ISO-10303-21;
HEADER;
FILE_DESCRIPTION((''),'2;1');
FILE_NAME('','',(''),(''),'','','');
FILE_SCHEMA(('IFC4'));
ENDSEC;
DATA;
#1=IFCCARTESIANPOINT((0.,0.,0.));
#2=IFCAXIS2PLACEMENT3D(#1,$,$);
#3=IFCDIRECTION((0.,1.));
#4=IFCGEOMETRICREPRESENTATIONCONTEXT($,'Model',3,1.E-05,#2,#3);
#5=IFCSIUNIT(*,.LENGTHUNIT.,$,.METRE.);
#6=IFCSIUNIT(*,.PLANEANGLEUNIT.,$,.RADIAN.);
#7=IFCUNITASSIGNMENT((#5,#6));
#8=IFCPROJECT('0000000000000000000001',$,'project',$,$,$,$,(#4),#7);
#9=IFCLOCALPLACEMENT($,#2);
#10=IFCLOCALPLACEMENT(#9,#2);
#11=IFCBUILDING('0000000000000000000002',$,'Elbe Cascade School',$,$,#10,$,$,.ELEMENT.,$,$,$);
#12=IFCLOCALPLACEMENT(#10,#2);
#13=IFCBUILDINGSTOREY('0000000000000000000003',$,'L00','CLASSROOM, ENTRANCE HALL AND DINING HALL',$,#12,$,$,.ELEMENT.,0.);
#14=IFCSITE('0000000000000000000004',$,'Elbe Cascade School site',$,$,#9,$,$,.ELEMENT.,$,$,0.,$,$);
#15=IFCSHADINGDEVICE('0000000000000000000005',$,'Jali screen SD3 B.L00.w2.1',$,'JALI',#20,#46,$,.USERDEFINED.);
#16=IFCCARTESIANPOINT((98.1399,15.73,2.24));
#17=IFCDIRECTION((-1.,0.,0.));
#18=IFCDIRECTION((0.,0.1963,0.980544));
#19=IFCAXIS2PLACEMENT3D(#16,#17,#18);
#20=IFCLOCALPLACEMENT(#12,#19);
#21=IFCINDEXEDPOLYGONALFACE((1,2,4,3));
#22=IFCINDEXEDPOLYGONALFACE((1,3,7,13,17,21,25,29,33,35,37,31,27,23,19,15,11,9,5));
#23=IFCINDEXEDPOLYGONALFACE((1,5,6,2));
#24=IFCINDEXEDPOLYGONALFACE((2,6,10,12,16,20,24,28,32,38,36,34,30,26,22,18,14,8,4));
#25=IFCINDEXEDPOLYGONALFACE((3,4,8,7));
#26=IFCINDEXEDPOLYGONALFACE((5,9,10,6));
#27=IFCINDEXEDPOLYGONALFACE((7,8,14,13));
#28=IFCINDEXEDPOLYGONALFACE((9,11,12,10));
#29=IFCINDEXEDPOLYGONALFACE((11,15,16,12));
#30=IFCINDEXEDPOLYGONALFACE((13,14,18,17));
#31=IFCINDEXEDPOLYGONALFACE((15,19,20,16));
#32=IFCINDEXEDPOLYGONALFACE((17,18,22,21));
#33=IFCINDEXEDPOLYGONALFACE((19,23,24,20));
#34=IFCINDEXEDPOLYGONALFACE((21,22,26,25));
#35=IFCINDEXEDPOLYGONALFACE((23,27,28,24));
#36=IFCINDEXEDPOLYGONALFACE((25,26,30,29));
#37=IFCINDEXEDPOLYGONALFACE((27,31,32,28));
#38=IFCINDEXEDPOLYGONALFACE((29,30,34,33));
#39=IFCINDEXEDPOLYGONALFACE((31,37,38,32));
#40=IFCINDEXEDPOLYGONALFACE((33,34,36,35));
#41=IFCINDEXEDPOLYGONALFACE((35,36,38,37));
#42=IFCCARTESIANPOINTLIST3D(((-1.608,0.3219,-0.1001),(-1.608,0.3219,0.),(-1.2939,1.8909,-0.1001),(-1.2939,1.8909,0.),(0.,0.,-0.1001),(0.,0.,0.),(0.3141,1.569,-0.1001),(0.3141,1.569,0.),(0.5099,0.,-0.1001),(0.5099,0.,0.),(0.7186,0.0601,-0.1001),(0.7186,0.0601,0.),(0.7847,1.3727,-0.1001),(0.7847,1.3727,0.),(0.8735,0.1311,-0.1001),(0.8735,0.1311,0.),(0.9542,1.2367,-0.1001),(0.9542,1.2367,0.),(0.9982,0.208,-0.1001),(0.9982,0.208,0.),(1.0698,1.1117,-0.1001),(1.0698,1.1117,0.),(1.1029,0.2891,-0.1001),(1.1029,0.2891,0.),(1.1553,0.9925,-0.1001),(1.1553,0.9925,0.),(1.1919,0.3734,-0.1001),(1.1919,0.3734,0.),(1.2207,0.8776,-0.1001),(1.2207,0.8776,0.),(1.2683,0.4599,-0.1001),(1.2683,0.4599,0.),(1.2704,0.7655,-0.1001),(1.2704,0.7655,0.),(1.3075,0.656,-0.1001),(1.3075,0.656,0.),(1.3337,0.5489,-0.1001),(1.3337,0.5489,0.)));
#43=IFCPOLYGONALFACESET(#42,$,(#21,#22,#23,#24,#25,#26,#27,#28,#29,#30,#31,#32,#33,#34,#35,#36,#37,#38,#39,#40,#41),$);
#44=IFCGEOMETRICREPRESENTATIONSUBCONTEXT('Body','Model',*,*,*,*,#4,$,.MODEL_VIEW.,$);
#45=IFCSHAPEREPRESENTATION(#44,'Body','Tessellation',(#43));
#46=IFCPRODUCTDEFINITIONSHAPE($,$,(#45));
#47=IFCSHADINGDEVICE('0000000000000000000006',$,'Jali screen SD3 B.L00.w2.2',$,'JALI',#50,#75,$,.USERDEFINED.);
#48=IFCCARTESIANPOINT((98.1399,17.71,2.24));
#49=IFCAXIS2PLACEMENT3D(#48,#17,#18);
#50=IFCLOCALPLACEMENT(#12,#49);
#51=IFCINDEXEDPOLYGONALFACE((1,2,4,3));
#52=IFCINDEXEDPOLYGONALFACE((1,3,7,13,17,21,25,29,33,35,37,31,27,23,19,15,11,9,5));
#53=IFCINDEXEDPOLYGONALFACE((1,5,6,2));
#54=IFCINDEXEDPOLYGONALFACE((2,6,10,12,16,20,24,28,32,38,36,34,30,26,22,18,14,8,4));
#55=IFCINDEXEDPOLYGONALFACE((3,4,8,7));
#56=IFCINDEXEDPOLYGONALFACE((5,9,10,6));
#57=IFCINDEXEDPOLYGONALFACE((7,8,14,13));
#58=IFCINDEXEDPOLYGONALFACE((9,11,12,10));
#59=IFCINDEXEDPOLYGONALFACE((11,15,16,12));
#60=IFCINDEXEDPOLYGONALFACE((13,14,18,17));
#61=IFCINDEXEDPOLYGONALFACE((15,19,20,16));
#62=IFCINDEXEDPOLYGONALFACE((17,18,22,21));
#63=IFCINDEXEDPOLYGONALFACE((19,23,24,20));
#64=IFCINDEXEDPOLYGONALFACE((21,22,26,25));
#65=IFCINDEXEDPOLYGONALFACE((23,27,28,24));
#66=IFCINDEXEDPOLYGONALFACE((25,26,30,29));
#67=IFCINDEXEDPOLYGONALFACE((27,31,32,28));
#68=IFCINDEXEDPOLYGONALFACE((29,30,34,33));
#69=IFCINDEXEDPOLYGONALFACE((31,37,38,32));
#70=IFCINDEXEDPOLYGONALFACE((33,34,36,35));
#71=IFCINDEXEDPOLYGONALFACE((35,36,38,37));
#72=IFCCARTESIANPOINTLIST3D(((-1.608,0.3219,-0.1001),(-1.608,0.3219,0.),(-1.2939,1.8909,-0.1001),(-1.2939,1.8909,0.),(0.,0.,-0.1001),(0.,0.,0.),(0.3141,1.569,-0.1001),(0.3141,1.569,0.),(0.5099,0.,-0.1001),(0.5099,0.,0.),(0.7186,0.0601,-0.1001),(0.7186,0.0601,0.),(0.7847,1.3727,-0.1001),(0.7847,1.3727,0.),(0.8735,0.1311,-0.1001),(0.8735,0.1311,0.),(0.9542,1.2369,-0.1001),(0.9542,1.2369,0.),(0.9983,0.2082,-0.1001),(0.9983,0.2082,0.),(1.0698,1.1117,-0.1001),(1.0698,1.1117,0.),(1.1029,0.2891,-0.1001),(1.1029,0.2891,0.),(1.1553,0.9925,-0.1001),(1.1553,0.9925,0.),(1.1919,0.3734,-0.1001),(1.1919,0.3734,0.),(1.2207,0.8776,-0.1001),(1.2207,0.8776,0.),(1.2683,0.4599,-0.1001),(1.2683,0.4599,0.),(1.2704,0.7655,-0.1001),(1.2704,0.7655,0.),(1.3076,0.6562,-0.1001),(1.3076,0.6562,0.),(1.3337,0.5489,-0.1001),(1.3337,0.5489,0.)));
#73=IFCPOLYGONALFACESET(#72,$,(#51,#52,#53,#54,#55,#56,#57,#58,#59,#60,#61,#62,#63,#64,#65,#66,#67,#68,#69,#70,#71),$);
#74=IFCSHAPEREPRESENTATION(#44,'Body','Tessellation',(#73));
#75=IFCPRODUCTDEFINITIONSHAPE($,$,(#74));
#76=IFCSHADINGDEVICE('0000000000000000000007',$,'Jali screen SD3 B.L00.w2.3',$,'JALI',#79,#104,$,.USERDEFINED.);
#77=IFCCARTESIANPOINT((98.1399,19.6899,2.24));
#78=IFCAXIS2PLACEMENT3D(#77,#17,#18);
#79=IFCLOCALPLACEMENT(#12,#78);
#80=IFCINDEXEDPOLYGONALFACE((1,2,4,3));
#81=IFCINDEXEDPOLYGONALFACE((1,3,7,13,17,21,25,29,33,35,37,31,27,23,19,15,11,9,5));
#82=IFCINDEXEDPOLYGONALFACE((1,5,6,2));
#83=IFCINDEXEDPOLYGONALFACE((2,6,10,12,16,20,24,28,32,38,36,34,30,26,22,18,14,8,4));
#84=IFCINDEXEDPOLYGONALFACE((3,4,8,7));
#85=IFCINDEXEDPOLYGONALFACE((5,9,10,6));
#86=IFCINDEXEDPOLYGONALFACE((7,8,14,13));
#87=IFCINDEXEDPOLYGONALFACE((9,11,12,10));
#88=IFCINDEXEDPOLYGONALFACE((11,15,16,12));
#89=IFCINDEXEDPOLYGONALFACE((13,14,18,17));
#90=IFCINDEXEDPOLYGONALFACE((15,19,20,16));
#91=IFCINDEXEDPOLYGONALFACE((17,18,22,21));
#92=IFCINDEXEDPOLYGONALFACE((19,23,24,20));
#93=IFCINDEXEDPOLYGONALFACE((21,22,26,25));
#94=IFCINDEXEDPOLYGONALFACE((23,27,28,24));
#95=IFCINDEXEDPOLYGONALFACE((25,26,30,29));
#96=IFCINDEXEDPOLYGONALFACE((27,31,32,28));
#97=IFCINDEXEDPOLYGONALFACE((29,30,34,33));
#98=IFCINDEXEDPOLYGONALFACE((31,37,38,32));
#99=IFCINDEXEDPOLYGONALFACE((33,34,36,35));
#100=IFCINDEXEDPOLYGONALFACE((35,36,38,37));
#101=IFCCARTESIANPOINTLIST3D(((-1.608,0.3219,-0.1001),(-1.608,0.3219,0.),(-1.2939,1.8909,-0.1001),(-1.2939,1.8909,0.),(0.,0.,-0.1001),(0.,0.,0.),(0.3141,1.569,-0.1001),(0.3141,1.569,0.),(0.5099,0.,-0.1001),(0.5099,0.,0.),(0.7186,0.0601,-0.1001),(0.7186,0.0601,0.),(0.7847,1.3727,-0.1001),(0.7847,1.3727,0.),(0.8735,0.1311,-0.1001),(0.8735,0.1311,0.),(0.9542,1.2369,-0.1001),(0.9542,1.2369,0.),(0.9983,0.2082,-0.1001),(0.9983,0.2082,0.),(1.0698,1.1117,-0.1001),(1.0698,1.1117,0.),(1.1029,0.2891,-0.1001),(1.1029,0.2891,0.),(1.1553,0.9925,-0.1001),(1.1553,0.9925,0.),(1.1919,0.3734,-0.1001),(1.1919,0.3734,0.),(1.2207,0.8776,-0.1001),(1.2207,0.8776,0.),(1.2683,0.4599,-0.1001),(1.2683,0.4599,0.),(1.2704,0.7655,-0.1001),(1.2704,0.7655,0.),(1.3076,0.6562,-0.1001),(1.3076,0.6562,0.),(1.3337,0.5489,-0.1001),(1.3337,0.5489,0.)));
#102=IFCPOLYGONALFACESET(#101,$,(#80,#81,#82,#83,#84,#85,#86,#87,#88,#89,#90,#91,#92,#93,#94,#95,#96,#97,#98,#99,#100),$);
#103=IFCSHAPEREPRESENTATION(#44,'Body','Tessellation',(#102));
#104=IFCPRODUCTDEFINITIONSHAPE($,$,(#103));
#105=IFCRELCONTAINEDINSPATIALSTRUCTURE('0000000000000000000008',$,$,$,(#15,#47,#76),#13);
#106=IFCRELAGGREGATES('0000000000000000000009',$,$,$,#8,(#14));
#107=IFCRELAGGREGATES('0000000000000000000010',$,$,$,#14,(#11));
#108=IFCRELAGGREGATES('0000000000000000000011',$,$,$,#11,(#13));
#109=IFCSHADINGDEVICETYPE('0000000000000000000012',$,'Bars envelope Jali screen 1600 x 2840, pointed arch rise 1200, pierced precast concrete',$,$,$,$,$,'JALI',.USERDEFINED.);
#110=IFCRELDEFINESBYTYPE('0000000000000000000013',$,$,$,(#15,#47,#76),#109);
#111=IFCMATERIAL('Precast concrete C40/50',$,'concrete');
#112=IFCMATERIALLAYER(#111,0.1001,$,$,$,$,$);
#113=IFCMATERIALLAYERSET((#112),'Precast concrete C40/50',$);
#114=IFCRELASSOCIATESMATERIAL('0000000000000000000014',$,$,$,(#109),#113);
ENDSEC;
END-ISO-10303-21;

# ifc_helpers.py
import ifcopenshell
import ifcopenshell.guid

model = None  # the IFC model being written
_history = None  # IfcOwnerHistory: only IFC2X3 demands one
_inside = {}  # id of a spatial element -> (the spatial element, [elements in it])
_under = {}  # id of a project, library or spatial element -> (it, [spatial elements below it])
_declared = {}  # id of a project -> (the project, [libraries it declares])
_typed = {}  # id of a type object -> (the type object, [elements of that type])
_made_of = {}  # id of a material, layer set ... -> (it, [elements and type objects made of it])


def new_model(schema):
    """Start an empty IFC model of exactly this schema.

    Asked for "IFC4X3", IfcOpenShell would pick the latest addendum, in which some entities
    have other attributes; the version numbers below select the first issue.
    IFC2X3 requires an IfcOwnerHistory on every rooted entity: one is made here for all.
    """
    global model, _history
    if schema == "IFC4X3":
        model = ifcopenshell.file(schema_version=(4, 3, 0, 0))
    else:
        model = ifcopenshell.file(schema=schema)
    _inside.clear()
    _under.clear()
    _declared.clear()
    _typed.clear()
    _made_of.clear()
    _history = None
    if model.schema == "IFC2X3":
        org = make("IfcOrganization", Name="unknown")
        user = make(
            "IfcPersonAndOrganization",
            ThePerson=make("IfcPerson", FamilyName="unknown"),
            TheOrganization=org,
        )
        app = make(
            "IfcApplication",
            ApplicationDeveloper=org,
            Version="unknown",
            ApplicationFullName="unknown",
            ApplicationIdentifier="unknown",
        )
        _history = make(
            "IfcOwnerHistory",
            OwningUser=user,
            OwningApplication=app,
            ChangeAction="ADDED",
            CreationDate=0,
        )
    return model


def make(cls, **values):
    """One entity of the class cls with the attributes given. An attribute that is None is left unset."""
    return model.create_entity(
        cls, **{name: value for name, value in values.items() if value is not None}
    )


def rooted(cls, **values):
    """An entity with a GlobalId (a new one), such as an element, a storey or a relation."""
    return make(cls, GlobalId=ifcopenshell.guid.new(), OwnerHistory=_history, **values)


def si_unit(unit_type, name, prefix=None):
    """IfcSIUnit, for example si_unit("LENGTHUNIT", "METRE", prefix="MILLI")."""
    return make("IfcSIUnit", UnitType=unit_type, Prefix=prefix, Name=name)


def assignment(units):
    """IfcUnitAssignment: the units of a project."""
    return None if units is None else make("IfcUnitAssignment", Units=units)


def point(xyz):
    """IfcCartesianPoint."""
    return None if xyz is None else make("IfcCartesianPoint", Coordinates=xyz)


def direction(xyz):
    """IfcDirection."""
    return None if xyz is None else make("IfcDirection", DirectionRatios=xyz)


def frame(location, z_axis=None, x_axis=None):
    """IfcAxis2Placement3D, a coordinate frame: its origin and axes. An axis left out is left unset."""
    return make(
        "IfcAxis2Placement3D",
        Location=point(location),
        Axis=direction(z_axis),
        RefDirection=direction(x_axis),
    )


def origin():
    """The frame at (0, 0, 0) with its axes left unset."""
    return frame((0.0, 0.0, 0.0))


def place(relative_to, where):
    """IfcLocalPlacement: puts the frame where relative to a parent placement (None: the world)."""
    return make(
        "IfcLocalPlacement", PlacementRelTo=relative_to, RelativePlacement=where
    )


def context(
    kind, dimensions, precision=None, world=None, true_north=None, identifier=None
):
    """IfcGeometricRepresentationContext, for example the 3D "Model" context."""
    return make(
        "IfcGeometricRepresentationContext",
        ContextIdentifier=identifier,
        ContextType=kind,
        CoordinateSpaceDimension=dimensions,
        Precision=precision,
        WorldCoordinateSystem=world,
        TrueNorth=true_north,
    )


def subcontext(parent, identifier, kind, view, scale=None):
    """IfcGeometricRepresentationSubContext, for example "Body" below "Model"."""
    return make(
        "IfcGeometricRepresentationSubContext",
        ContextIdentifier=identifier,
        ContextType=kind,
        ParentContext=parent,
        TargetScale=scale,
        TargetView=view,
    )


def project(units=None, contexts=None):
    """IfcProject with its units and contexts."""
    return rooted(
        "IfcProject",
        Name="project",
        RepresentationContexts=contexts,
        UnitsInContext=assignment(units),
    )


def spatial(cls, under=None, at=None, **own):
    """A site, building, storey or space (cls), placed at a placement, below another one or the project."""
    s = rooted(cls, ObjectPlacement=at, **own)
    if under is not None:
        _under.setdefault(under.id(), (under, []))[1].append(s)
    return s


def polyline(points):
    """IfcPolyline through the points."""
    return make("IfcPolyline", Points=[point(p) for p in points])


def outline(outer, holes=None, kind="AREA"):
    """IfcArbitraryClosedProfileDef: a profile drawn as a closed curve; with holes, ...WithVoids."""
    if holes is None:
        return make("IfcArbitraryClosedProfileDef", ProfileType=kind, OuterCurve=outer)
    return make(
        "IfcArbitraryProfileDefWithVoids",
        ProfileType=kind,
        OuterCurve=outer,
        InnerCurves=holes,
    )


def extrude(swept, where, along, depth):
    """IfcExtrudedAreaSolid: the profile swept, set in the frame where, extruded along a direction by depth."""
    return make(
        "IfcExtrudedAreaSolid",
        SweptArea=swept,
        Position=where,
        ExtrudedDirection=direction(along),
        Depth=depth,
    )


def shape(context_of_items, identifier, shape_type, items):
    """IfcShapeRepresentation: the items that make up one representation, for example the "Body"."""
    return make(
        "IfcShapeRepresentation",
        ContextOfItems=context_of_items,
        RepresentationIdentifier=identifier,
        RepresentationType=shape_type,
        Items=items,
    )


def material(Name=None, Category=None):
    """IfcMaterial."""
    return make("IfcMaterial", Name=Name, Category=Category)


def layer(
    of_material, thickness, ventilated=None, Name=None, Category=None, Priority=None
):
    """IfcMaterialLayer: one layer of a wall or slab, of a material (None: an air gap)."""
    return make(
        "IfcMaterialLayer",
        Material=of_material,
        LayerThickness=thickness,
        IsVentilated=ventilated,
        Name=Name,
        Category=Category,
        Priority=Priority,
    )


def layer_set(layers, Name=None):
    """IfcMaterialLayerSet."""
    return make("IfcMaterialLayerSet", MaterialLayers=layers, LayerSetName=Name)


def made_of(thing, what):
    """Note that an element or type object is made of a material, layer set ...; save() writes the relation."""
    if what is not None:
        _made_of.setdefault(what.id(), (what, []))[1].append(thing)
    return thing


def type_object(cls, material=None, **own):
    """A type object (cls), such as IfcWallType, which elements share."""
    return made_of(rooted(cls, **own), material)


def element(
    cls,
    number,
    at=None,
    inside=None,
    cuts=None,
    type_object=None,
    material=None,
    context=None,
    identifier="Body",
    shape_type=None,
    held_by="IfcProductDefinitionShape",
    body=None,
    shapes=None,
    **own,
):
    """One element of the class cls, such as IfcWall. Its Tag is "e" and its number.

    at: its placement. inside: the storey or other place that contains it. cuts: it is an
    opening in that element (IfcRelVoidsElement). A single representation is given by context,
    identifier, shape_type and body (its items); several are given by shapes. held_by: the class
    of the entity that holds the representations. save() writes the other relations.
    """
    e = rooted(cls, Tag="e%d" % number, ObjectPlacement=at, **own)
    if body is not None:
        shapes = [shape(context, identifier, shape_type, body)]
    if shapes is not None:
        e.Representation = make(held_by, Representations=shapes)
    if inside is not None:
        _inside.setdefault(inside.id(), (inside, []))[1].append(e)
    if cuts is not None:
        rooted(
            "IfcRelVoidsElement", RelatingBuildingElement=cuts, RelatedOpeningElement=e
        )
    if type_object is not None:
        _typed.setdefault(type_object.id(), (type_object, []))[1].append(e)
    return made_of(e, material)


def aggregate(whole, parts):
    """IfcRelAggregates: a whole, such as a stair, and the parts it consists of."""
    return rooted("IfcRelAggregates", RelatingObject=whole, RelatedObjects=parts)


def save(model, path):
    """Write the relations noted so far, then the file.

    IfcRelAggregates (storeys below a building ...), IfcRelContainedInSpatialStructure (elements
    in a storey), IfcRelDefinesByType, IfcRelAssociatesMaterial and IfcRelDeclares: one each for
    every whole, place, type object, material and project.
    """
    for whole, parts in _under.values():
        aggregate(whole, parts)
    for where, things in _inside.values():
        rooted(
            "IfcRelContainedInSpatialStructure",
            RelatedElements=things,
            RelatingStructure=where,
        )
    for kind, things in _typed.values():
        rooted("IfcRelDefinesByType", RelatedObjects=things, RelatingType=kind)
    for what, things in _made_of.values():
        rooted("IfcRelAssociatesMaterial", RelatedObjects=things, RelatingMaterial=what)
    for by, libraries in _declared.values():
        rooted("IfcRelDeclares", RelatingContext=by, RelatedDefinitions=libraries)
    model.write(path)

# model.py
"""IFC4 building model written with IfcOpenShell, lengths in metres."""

from ifc_helpers import new_model, si_unit, direction, frame, origin, place, context, subcontext, project, spatial, polyline, outline, extrude, material, layer, layer_set, type_object, element, save


model = new_model("IFC4")

# Units and contexts
model_context = context("Model", 3, precision=1e-05, world=origin(), true_north=direction((0.0, 1.0)))
body_context = subcontext(model_context, "Body", "Model", "MODEL_VIEW")
ifc_project = project(units=[si_unit("LENGTHUNIT", "METRE"), si_unit("PLANEANGLEUNIT", "RADIAN")], contexts=[model_context])

# Site, building, storey
site_placement = place(None, origin())
site = spatial("IfcSite", under=ifc_project, at=site_placement, Name="Elbe Cascade School site", CompositionType="ELEMENT", RefElevation=0.0)
building_placement = place(site_placement, origin())
building = spatial("IfcBuilding", under=site, at=building_placement, Name="Elbe Cascade School", CompositionType="ELEMENT")
storey_placement = place(building_placement, origin())
storey = spatial("IfcBuildingStorey", under=building, at=storey_placement, Name="L00", Description="CLASSROOM, ENTRANCE HALL AND DINING HALL", CompositionType="ELEMENT", Elevation=0.0)

# Shading devices
ifc_material_1 = material(Name="Precast concrete C40/50", Category="concrete")
ifc_layer_1 = layer(ifc_material_1, 0.1001)
ifc_layer_set_1 = layer_set([ifc_layer_1], Name="Precast concrete C40/50")
shading_device_type_1 = type_object("IfcShadingDeviceType", Name="Bars envelope Jali screen 1600 x 2840, pointed arch rise 1200, pierced precast concrete", ElementType="JALI", PredefinedType="USERDEFINED", material=ifc_layer_set_1)
shading_device_1_placement = place(storey_placement, frame((98.1399, 15.73, 2.24), z_axis=(-1.0, 0.0, 0.0), x_axis=(0.0, 0.1963, 0.980544)))
element("IfcShadingDevice", 1, at=shading_device_1_placement, inside=storey, type_object=shading_device_type_1, Name="Jali screen SD3 B.L00.w2.1", ObjectType="JALI", PredefinedType="USERDEFINED", context=body_context, shape_type="SweptSolid", body=[
    extrude(outline(polyline([(0.0, 0.0), (0.5099, 0.0), (0.7186, 0.0601), (0.8735, 0.1311), (0.9982, 0.208), (1.1029, 0.2891), (1.1919, 0.3734), (1.2683, 0.4599), (1.3337, 0.5489), (1.3075, 0.656), (1.2704, 0.7655), (1.2207, 0.8776), (1.1553, 0.9925), (1.0698, 1.1117), (0.9542, 1.2367), (0.7847, 1.3727), (0.3141, 1.569), (-1.2939, 1.8909), (-1.608, 0.3219), (0.0, 0.0)])), origin(), (0.0, 0.0, -1.0), 0.1001),
])
for number, where, z_axis, x_axis, name in (
    (2, (98.1399, 17.71, 2.24), (-1.0, 0.0, 0.0), (0.0, 0.1963, 0.980544), "Jali screen SD3 B.L00.w2.2"),
    (3, (98.1399, 19.6899, 2.24), (-1.0, 0.0, 0.0), (0.0, 0.1963, 0.980544), "Jali screen SD3 B.L00.w2.3"),
):
    element("IfcShadingDevice", number, at=place(storey_placement, frame(where, z_axis=z_axis, x_axis=x_axis)), inside=storey, type_object=shading_device_type_1, Name=name, ObjectType="JALI", PredefinedType="USERDEFINED", context=body_context, shape_type="SweptSolid", body=[
        extrude(outline(polyline([(0.0, 0.0), (0.5099, 0.0), (0.7186, 0.0601), (0.8735, 0.1311), (0.9983, 0.2082), (1.1029, 0.2891), (1.1919, 0.3734), (1.2683, 0.4599), (1.3337, 0.5489), (1.3076, 0.6562), (1.2704, 0.7655), (1.2207, 0.8776), (1.1553, 0.9925), (1.0698, 1.1117), (0.9542, 1.2369), (0.7847, 1.3727), (0.3141, 1.569), (-1.2939, 1.8909), (-1.608, 0.3219), (0.0, 0.0)])), origin(), (0.0, 0.0, -1.0), 0.1001),
    ])

save(model, "model.ifc")
